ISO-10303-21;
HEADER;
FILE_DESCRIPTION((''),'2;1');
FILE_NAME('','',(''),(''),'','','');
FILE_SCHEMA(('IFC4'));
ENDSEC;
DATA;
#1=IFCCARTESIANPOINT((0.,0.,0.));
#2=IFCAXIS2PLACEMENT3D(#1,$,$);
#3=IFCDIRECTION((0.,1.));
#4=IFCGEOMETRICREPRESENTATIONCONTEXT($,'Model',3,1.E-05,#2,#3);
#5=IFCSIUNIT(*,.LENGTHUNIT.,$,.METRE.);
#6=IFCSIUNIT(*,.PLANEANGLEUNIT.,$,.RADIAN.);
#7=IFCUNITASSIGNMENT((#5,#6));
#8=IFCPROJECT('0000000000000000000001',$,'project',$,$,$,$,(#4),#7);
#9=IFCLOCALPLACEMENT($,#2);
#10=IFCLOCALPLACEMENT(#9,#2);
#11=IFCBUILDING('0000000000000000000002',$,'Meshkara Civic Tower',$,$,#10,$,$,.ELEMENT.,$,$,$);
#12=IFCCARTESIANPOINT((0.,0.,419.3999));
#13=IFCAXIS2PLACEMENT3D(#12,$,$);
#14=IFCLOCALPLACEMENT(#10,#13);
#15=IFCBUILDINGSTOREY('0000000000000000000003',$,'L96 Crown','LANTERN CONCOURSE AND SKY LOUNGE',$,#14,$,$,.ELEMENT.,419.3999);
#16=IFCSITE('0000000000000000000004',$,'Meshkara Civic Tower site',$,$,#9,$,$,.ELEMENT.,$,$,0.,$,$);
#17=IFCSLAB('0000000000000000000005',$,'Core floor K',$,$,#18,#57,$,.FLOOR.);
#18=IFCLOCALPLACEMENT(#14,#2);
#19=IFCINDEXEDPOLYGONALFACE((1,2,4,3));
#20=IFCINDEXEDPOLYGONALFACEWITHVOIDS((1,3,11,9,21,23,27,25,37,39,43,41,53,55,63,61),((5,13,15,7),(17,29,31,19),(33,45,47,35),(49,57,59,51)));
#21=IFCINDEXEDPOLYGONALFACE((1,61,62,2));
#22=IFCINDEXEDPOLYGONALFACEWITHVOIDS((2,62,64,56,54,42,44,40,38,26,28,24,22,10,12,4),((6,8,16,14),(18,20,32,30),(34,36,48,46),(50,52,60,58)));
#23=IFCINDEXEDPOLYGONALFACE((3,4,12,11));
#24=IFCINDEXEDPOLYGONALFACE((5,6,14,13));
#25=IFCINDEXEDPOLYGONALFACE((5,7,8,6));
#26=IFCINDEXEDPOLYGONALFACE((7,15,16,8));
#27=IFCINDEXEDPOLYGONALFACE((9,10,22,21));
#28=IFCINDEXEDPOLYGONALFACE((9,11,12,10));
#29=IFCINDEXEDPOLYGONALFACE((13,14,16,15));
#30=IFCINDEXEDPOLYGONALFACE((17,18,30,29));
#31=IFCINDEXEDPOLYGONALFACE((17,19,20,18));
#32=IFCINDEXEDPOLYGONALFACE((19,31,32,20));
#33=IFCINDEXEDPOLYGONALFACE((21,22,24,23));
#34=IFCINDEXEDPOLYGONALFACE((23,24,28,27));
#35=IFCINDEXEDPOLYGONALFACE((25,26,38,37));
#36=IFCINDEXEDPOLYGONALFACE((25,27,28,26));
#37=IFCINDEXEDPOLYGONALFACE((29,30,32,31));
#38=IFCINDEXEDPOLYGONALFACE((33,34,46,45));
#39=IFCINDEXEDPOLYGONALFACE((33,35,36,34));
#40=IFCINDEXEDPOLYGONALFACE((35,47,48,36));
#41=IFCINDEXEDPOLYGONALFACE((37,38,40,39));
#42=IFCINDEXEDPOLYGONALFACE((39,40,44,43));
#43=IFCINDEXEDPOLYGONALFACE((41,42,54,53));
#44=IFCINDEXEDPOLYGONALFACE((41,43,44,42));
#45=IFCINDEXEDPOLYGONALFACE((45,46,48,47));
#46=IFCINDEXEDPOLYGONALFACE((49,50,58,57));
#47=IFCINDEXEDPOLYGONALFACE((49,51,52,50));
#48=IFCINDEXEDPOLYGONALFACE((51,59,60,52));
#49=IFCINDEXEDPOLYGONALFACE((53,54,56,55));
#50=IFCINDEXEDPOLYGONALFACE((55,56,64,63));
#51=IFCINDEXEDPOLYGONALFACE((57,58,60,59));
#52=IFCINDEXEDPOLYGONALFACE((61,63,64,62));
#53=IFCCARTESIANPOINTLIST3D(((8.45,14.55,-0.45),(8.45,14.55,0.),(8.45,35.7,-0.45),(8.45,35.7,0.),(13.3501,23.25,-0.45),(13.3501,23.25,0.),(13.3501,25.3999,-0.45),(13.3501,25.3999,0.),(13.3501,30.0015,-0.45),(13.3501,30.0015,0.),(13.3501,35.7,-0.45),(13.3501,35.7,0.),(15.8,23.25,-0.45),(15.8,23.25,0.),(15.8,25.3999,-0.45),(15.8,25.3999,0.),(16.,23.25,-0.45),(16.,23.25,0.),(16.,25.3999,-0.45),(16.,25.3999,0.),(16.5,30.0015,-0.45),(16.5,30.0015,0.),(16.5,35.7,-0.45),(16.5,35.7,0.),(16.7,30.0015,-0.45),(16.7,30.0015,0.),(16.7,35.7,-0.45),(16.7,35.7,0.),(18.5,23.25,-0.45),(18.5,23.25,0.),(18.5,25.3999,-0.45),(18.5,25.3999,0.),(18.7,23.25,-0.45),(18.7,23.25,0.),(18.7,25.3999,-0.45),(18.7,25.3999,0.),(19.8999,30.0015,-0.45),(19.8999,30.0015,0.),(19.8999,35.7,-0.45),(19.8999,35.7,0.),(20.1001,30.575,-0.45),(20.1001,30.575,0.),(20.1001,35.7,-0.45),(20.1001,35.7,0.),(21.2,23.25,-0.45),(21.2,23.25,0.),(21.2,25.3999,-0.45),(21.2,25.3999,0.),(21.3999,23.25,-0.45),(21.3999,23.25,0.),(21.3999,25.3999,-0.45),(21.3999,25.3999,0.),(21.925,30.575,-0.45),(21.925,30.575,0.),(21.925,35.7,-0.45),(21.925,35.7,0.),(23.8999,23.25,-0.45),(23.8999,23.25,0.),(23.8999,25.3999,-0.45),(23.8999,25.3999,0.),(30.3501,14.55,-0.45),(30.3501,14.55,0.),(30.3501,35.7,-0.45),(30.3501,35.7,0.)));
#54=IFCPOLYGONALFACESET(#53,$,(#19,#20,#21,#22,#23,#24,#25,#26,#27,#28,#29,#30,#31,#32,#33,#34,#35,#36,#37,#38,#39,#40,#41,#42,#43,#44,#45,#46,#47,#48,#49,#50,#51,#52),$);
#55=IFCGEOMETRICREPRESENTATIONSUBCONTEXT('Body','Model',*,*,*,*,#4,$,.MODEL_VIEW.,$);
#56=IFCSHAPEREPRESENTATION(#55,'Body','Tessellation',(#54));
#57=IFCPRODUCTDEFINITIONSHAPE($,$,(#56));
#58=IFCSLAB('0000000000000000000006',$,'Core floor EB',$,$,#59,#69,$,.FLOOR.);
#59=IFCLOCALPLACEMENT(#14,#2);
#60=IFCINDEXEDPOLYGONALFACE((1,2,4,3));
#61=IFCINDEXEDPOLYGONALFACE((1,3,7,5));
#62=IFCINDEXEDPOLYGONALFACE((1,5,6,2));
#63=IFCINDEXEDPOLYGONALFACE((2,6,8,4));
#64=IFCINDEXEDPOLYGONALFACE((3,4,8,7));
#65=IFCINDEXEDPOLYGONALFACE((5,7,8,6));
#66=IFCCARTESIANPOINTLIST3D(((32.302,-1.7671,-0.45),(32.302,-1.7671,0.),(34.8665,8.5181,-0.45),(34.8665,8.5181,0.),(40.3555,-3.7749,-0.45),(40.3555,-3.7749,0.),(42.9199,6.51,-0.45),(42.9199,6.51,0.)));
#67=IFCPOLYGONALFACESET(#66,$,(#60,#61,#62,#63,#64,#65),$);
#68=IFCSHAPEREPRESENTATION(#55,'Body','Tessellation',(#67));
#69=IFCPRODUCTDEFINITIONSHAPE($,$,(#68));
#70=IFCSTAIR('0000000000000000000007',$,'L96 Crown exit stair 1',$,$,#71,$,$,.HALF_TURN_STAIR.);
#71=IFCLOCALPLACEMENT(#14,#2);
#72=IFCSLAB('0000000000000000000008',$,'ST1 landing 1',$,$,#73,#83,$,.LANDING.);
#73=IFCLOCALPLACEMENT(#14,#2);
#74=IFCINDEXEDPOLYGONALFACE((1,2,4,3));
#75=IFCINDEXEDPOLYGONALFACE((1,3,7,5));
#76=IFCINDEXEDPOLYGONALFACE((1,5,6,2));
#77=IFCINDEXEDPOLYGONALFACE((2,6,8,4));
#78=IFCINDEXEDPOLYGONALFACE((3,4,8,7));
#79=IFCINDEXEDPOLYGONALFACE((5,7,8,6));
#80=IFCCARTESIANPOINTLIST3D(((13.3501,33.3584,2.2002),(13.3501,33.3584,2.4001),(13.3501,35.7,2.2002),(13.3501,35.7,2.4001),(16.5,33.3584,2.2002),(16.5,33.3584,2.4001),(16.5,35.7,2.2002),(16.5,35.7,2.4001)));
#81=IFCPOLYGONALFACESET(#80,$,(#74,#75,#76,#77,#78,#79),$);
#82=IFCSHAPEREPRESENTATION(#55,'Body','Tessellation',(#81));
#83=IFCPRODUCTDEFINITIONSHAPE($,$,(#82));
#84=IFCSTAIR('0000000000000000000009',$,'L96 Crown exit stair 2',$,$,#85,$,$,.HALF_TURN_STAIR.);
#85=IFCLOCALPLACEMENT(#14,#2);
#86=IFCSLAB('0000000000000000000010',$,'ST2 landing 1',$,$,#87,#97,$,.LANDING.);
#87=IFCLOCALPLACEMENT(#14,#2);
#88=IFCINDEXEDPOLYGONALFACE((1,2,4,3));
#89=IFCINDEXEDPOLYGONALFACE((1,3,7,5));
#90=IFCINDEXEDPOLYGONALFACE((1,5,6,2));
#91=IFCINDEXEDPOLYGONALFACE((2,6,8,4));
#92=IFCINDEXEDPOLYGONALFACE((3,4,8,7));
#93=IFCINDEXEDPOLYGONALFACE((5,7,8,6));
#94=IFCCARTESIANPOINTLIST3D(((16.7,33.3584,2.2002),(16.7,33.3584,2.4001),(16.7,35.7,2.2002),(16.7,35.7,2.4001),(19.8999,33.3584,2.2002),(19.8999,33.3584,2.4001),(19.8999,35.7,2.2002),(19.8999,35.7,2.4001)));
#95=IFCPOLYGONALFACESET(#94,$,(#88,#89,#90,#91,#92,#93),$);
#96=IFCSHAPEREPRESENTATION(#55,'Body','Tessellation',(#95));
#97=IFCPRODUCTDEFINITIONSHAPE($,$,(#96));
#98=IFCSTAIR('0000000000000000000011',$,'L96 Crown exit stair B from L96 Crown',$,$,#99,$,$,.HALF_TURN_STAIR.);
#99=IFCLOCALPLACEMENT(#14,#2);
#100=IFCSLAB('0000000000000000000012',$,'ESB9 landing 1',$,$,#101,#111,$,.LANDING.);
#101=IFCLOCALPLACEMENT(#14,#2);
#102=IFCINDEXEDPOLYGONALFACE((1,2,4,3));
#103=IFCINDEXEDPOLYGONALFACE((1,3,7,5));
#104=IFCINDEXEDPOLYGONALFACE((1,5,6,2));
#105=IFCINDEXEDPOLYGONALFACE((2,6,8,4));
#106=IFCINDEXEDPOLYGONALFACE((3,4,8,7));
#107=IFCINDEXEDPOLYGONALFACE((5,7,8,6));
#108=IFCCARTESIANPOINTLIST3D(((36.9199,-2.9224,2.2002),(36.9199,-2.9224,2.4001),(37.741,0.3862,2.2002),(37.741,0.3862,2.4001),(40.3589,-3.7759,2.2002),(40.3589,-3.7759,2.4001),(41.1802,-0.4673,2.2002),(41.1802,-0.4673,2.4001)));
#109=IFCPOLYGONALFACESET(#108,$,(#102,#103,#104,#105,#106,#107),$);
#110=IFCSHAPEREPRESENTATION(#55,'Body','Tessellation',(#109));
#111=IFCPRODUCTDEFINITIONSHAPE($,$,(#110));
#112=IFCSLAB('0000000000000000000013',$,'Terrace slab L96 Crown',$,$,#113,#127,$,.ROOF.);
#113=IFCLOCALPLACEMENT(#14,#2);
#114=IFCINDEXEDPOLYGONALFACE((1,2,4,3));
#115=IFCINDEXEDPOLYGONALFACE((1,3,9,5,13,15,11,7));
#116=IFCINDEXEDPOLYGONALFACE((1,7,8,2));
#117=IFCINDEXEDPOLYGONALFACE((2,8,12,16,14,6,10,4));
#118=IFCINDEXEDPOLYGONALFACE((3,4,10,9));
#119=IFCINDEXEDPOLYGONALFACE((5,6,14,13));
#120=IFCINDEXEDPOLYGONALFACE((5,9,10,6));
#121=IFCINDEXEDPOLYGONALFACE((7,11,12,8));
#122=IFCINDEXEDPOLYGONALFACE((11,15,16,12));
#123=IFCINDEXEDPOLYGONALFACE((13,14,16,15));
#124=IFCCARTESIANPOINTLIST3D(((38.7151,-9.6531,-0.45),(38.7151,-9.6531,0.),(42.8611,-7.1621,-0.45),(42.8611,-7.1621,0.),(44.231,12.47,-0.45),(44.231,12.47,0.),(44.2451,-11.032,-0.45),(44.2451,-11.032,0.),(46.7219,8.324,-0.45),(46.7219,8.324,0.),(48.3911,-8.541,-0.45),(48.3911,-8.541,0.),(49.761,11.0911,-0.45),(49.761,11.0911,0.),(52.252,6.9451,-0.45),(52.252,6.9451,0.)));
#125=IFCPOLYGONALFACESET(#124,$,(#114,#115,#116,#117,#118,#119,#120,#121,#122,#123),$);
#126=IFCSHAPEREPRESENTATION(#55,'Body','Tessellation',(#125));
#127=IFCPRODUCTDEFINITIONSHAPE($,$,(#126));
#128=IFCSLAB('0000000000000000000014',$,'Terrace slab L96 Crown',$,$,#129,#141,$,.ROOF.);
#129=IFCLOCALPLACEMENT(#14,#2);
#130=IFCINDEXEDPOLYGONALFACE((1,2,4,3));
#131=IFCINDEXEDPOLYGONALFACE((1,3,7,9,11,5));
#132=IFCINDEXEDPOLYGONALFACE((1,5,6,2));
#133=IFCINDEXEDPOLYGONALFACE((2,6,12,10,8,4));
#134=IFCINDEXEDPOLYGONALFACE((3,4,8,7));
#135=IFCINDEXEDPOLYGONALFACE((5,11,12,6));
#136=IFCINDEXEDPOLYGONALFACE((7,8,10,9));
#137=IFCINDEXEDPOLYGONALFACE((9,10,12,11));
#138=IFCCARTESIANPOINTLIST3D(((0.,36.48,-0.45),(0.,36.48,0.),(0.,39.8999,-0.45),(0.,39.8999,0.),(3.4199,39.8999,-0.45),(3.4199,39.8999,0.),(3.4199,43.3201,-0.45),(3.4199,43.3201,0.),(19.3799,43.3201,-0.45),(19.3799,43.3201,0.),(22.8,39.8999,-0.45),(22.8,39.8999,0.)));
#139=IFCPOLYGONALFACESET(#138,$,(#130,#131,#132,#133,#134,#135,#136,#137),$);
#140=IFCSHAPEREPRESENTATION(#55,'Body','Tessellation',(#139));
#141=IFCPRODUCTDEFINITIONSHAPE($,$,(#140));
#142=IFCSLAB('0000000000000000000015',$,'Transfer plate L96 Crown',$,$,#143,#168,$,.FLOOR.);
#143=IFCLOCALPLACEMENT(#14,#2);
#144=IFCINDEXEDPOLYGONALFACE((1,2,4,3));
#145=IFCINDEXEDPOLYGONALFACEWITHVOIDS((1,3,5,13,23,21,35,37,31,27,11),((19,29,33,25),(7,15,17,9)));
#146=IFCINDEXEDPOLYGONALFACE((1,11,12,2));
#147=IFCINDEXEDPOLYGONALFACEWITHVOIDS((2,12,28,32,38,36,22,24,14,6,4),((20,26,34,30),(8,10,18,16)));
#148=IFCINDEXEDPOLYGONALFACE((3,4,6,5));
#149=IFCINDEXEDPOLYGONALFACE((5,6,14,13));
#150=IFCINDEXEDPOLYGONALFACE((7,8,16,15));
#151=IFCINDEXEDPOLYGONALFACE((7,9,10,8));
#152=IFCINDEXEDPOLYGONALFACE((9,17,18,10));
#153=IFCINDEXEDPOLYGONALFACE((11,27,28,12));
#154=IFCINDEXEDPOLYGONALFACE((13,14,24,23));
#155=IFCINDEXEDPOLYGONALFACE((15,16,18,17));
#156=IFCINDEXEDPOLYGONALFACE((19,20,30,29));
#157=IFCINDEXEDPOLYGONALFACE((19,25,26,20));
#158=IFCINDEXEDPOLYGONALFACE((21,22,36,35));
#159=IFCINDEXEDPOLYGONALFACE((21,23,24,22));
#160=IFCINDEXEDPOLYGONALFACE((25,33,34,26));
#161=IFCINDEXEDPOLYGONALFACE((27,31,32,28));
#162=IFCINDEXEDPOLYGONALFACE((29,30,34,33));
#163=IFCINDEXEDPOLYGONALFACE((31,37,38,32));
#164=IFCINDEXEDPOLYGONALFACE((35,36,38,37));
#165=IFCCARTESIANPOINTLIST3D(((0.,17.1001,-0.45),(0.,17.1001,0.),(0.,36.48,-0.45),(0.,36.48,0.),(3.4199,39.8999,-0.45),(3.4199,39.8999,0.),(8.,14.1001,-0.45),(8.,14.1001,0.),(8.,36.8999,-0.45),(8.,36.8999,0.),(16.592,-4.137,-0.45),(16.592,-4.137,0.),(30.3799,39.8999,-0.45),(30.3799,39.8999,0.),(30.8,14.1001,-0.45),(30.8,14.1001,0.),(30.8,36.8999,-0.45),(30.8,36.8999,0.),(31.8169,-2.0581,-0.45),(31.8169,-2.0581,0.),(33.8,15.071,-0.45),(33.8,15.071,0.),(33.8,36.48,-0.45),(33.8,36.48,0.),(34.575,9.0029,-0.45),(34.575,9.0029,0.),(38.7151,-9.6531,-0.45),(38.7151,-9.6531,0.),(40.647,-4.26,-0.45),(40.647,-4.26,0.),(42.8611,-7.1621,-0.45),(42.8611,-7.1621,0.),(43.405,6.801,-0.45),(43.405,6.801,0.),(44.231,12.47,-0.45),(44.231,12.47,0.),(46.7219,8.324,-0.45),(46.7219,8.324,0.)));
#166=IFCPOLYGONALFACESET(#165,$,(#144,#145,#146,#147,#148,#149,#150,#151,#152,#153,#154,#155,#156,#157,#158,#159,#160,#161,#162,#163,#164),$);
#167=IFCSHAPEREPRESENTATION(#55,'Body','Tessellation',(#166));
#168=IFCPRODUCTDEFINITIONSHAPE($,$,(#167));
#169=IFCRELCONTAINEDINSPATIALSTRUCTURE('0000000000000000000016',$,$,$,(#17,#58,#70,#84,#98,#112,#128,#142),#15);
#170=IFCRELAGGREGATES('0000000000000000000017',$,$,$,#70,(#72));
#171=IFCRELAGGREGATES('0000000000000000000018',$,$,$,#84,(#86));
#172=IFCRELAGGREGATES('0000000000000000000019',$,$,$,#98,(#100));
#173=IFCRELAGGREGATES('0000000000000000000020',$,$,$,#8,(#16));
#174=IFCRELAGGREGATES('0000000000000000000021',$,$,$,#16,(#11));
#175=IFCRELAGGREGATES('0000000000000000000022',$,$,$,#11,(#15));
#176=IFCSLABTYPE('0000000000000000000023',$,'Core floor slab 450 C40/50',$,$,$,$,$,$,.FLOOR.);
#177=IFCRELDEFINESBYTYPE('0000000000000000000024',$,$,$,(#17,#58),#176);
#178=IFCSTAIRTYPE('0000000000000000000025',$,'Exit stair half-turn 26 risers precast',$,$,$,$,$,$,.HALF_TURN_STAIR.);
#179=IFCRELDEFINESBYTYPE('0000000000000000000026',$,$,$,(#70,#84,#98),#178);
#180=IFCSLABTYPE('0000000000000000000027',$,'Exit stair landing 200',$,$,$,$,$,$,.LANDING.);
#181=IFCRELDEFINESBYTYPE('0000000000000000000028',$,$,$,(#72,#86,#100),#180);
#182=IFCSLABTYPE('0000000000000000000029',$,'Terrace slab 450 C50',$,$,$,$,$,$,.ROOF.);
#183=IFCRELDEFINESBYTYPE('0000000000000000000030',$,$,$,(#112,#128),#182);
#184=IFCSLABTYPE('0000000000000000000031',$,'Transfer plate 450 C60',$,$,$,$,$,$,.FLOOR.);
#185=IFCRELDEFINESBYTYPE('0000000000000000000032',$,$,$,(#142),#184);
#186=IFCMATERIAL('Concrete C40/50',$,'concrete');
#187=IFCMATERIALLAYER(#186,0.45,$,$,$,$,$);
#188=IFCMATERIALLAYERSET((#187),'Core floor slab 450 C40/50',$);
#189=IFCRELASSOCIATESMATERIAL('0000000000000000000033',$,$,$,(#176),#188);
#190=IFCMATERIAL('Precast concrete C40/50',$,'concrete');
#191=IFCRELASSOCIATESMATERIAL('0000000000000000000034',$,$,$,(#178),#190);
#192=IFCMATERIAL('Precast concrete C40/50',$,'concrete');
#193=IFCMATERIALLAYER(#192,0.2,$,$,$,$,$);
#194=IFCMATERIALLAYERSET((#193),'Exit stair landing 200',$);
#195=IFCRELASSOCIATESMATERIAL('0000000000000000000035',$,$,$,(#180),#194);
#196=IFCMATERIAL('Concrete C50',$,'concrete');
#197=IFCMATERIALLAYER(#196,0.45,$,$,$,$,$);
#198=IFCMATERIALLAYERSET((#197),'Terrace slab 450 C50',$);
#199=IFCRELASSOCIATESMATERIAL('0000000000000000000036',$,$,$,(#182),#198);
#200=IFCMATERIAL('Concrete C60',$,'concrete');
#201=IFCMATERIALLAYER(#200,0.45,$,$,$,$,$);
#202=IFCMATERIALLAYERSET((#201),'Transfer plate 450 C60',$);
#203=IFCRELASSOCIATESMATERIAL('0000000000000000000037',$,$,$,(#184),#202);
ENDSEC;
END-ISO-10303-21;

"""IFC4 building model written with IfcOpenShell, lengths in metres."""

from ifc_helpers import new_model, si_unit, direction, frame, origin, place, context, subcontext, project, spatial, polyline, outline, extrude, material, layer, layer_set, type_object, element, aggregate, save


model = new_model("IFC4")

# Units and contexts
model_context = context("Model", 3, precision=1e-05, world=origin(), true_north=direction((0.0, 1.0)))
body_context = subcontext(model_context, "Body", "Model", "MODEL_VIEW")
ifc_project = project(units=[si_unit("LENGTHUNIT", "METRE"), si_unit("PLANEANGLEUNIT", "RADIAN")], contexts=[model_context])

# Site, building, storey
site_placement = place(None, origin())
site = spatial("IfcSite", under=ifc_project, at=site_placement, Name="Meshkara Civic Tower site", CompositionType="ELEMENT", RefElevation=0.0)
building_placement = place(site_placement, origin())
building = spatial("IfcBuilding", under=site, at=building_placement, Name="Meshkara Civic Tower", CompositionType="ELEMENT")
storey_placement = place(building_placement, frame((0.0, 0.0, 419.3999)))
storey = spatial("IfcBuildingStorey", under=building, at=storey_placement, Name="L96 Crown", Description="LANTERN CONCOURSE AND SKY LOUNGE", CompositionType="ELEMENT", Elevation=419.3999)

# Slabs
ifc_material_1 = material(Name="Concrete C40/50", Category="concrete")
ifc_layer_1 = layer(ifc_material_1, 0.45)
ifc_layer_set_1 = layer_set([ifc_layer_1], Name="Core floor slab 450 C40/50")
slab_type_1 = type_object("IfcSlabType", Name="Core floor slab 450 C40/50", PredefinedType="FLOOR", material=ifc_layer_set_1)
slab_1_placement = place(storey_placement, frame((0.0, 0.0, -0.45)))
element("IfcSlab", 1, at=slab_1_placement, inside=storey, type_object=slab_type_1, Name="Core floor K", PredefinedType="FLOOR", context=body_context, shape_type="SweptSolid", body=[
    extrude(outline(polyline([(8.45, 35.7), (13.3501, 35.7), (13.3501, 30.0015), (16.5, 30.0015), (16.5, 35.7), (16.7, 35.7), (16.7, 30.0015), (19.8999, 30.0015), (19.8999, 35.7), (20.1001, 35.7), (20.1001, 30.575), (21.925, 30.575), (21.925, 35.7), (30.3501, 35.7), (30.3501, 14.55), (8.45, 14.55), (8.45, 35.7)]), holes=[polyline([(15.8, 23.25), (15.8, 25.3999), (13.3501, 25.3999), (13.3501, 23.25), (15.8, 23.25)]), polyline([(18.5, 25.3999), (16.0, 25.3999), (16.0, 23.25), (18.5, 23.25), (18.5, 25.3999)]), polyline([(18.7, 23.25), (21.2, 23.25), (21.2, 25.3999), (18.7, 25.3999), (18.7, 23.25)]), polyline([(23.8999, 25.3999), (21.3999, 25.3999), (21.3999, 23.25), (23.8999, 23.25), (23.8999, 25.3999)])]), origin(), (0.0, 0.0, 1.0), 0.45),
])
slab_2_placement = place(storey_placement, frame((0.0, 0.0, -0.45)))
element("IfcSlab", 2, at=slab_2_placement, inside=storey, type_object=slab_type_1, Name="Core floor EB", PredefinedType="FLOOR", context=body_context, shape_type="SweptSolid", body=[
    extrude(outline(polyline([(32.302, -1.7671), (34.8665, 8.5181), (42.9199, 6.51), (40.3555, -3.7749), (32.302, -1.7671)])), origin(), (0.0, 0.0, 1.0), 0.45),
])

# Stairs, slabs
ifc_material_2 = material(Name="Precast concrete C40/50", Category="concrete")
stair_type = type_object("IfcStairType", Name="Exit stair half-turn 26 risers precast", PredefinedType="HALF_TURN_STAIR", material=ifc_material_2)
stair_1_placement = place(storey_placement, origin())
stair_1 = element("IfcStair", 3, at=stair_1_placement, inside=storey, type_object=stair_type, Name="L96 Crown exit stair 1", PredefinedType="HALF_TURN_STAIR")
ifc_material_3 = material(Name="Precast concrete C40/50", Category="concrete")
ifc_layer_2 = layer(ifc_material_3, 0.2)
ifc_layer_set_2 = layer_set([ifc_layer_2], Name="Exit stair landing 200")
slab_type_2 = type_object("IfcSlabType", Name="Exit stair landing 200", PredefinedType="LANDING", material=ifc_layer_set_2)
slab_3_placement = place(storey_placement, frame((0.0, 0.0, 2.2002)))
slab_3 = element("IfcSlab", 4, at=slab_3_placement, type_object=slab_type_2, Name="ST1 landing 1", PredefinedType="LANDING", context=body_context, shape_type="SweptSolid", body=[
    extrude(outline(polyline([(16.5, 33.3584), (16.5, 35.7), (13.3501, 35.7), (13.3501, 33.3584), (16.5, 33.3584)])), origin(), (0.0, 0.0, 1.0), 0.2),
])
aggregate(stair_1, [slab_3])
stair_2_placement = place(storey_placement, origin())
stair_2 = element("IfcStair", 5, at=stair_2_placement, inside=storey, type_object=stair_type, Name="L96 Crown exit stair 2", PredefinedType="HALF_TURN_STAIR")
slab_4_placement = place(storey_placement, frame((0.0, 0.0, 2.2002)))
slab_4 = element("IfcSlab", 6, at=slab_4_placement, type_object=slab_type_2, Name="ST2 landing 1", PredefinedType="LANDING", context=body_context, shape_type="SweptSolid", body=[
    extrude(outline(polyline([(19.8999, 33.3584), (19.8999, 35.7), (16.7, 35.7), (16.7, 33.3584), (19.8999, 33.3584)])), origin(), (0.0, 0.0, 1.0), 0.2),
])
aggregate(stair_2, [slab_4])
stair_3_placement = place(storey_placement, origin())
stair_3 = element("IfcStair", 7, at=stair_3_placement, inside=storey, type_object=stair_type, Name="L96 Crown exit stair B from L96 Crown", PredefinedType="HALF_TURN_STAIR")
slab_5_placement = place(storey_placement, frame((0.0, 0.0, 2.2002)))
slab_5 = element("IfcSlab", 8, at=slab_5_placement, type_object=slab_type_2, Name="ESB9 landing 1", PredefinedType="LANDING", context=body_context, shape_type="SweptSolid", body=[
    extrude(outline(polyline([(36.9199, -2.9224), (40.3589, -3.7759), (41.1802, -0.4673), (37.741, 0.3862), (36.9199, -2.9224)])), origin(), (0.0, 0.0, 1.0), 0.2),
])
aggregate(stair_3, [slab_5])

# Slabs
ifc_material_4 = material(Name="Concrete C50", Category="concrete")
ifc_layer_3 = layer(ifc_material_4, 0.45)
ifc_layer_set_3 = layer_set([ifc_layer_3], Name="Terrace slab 450 C50")
slab_type_3 = type_object("IfcSlabType", Name="Terrace slab 450 C50", PredefinedType="ROOF", material=ifc_layer_set_3)
slab_6_placement = place(storey_placement, frame((0.0, 0.0, -0.45)))
element("IfcSlab", 9, at=slab_6_placement, inside=storey, type_object=slab_type_3, Name="Terrace slab L96 Crown", PredefinedType="ROOF", context=body_context, shape_type="SweptSolid", body=[
    extrude(outline(polyline([(52.252, 6.9451), (48.3911, -8.541), (44.2451, -11.032), (38.7151, -9.6531), (42.8611, -7.1621), (46.7219, 8.324), (44.231, 12.47), (49.761, 11.0911), (52.252, 6.9451)])), origin(), (0.0, 0.0, 1.0), 0.45),
])
slab_7_placement = place(storey_placement, frame((0.0, 0.0, -0.45)))
element("IfcSlab", 10, at=slab_7_placement, inside=storey, type_object=slab_type_3, Name="Terrace slab L96 Crown", PredefinedType="ROOF", context=body_context, shape_type="SweptSolid", body=[
    extrude(outline(polyline([(3.4199, 43.3201), (19.3799, 43.3201), (22.8, 39.8999), (3.4199, 39.8999), (0.0, 36.48), (0.0, 39.8999), (3.4199, 43.3201)])), origin(), (0.0, 0.0, 1.0), 0.45),
])
ifc_material_5 = material(Name="Concrete C60", Category="concrete")
ifc_layer_4 = layer(ifc_material_5, 0.45)
ifc_layer_set_4 = layer_set([ifc_layer_4], Name="Transfer plate 450 C60")
slab_type_4 = type_object("IfcSlabType", Name="Transfer plate 450 C60", PredefinedType="FLOOR", material=ifc_layer_set_4)
slab_8_placement = place(storey_placement, frame((0.0, 0.0, -0.45)))
element("IfcSlab", 11, at=slab_8_placement, inside=storey, type_object=slab_type_4, Name="Transfer plate L96 Crown", PredefinedType="FLOOR", context=body_context, shape_type="SweptSolid", body=[
    extrude(outline(polyline([(42.8611, -7.1621), (38.7151, -9.6531), (16.592, -4.137), (0.0, 17.1001), (0.0, 36.48), (3.4199, 39.8999), (30.3799, 39.8999), (33.8, 36.48), (33.8, 15.071), (44.231, 12.47), (46.7219, 8.324), (42.8611, -7.1621)]), holes=[polyline([(40.647, -4.26), (43.405, 6.801), (34.575, 9.0029), (31.8169, -2.0581), (40.647, -4.26)]), polyline([(30.8, 36.8999), (8.0, 36.8999), (8.0, 14.1001), (30.8, 14.1001), (30.8, 36.8999)])]), origin(), (0.0, 0.0, 1.0), 0.45),
])

save(model, "model.ifc")
